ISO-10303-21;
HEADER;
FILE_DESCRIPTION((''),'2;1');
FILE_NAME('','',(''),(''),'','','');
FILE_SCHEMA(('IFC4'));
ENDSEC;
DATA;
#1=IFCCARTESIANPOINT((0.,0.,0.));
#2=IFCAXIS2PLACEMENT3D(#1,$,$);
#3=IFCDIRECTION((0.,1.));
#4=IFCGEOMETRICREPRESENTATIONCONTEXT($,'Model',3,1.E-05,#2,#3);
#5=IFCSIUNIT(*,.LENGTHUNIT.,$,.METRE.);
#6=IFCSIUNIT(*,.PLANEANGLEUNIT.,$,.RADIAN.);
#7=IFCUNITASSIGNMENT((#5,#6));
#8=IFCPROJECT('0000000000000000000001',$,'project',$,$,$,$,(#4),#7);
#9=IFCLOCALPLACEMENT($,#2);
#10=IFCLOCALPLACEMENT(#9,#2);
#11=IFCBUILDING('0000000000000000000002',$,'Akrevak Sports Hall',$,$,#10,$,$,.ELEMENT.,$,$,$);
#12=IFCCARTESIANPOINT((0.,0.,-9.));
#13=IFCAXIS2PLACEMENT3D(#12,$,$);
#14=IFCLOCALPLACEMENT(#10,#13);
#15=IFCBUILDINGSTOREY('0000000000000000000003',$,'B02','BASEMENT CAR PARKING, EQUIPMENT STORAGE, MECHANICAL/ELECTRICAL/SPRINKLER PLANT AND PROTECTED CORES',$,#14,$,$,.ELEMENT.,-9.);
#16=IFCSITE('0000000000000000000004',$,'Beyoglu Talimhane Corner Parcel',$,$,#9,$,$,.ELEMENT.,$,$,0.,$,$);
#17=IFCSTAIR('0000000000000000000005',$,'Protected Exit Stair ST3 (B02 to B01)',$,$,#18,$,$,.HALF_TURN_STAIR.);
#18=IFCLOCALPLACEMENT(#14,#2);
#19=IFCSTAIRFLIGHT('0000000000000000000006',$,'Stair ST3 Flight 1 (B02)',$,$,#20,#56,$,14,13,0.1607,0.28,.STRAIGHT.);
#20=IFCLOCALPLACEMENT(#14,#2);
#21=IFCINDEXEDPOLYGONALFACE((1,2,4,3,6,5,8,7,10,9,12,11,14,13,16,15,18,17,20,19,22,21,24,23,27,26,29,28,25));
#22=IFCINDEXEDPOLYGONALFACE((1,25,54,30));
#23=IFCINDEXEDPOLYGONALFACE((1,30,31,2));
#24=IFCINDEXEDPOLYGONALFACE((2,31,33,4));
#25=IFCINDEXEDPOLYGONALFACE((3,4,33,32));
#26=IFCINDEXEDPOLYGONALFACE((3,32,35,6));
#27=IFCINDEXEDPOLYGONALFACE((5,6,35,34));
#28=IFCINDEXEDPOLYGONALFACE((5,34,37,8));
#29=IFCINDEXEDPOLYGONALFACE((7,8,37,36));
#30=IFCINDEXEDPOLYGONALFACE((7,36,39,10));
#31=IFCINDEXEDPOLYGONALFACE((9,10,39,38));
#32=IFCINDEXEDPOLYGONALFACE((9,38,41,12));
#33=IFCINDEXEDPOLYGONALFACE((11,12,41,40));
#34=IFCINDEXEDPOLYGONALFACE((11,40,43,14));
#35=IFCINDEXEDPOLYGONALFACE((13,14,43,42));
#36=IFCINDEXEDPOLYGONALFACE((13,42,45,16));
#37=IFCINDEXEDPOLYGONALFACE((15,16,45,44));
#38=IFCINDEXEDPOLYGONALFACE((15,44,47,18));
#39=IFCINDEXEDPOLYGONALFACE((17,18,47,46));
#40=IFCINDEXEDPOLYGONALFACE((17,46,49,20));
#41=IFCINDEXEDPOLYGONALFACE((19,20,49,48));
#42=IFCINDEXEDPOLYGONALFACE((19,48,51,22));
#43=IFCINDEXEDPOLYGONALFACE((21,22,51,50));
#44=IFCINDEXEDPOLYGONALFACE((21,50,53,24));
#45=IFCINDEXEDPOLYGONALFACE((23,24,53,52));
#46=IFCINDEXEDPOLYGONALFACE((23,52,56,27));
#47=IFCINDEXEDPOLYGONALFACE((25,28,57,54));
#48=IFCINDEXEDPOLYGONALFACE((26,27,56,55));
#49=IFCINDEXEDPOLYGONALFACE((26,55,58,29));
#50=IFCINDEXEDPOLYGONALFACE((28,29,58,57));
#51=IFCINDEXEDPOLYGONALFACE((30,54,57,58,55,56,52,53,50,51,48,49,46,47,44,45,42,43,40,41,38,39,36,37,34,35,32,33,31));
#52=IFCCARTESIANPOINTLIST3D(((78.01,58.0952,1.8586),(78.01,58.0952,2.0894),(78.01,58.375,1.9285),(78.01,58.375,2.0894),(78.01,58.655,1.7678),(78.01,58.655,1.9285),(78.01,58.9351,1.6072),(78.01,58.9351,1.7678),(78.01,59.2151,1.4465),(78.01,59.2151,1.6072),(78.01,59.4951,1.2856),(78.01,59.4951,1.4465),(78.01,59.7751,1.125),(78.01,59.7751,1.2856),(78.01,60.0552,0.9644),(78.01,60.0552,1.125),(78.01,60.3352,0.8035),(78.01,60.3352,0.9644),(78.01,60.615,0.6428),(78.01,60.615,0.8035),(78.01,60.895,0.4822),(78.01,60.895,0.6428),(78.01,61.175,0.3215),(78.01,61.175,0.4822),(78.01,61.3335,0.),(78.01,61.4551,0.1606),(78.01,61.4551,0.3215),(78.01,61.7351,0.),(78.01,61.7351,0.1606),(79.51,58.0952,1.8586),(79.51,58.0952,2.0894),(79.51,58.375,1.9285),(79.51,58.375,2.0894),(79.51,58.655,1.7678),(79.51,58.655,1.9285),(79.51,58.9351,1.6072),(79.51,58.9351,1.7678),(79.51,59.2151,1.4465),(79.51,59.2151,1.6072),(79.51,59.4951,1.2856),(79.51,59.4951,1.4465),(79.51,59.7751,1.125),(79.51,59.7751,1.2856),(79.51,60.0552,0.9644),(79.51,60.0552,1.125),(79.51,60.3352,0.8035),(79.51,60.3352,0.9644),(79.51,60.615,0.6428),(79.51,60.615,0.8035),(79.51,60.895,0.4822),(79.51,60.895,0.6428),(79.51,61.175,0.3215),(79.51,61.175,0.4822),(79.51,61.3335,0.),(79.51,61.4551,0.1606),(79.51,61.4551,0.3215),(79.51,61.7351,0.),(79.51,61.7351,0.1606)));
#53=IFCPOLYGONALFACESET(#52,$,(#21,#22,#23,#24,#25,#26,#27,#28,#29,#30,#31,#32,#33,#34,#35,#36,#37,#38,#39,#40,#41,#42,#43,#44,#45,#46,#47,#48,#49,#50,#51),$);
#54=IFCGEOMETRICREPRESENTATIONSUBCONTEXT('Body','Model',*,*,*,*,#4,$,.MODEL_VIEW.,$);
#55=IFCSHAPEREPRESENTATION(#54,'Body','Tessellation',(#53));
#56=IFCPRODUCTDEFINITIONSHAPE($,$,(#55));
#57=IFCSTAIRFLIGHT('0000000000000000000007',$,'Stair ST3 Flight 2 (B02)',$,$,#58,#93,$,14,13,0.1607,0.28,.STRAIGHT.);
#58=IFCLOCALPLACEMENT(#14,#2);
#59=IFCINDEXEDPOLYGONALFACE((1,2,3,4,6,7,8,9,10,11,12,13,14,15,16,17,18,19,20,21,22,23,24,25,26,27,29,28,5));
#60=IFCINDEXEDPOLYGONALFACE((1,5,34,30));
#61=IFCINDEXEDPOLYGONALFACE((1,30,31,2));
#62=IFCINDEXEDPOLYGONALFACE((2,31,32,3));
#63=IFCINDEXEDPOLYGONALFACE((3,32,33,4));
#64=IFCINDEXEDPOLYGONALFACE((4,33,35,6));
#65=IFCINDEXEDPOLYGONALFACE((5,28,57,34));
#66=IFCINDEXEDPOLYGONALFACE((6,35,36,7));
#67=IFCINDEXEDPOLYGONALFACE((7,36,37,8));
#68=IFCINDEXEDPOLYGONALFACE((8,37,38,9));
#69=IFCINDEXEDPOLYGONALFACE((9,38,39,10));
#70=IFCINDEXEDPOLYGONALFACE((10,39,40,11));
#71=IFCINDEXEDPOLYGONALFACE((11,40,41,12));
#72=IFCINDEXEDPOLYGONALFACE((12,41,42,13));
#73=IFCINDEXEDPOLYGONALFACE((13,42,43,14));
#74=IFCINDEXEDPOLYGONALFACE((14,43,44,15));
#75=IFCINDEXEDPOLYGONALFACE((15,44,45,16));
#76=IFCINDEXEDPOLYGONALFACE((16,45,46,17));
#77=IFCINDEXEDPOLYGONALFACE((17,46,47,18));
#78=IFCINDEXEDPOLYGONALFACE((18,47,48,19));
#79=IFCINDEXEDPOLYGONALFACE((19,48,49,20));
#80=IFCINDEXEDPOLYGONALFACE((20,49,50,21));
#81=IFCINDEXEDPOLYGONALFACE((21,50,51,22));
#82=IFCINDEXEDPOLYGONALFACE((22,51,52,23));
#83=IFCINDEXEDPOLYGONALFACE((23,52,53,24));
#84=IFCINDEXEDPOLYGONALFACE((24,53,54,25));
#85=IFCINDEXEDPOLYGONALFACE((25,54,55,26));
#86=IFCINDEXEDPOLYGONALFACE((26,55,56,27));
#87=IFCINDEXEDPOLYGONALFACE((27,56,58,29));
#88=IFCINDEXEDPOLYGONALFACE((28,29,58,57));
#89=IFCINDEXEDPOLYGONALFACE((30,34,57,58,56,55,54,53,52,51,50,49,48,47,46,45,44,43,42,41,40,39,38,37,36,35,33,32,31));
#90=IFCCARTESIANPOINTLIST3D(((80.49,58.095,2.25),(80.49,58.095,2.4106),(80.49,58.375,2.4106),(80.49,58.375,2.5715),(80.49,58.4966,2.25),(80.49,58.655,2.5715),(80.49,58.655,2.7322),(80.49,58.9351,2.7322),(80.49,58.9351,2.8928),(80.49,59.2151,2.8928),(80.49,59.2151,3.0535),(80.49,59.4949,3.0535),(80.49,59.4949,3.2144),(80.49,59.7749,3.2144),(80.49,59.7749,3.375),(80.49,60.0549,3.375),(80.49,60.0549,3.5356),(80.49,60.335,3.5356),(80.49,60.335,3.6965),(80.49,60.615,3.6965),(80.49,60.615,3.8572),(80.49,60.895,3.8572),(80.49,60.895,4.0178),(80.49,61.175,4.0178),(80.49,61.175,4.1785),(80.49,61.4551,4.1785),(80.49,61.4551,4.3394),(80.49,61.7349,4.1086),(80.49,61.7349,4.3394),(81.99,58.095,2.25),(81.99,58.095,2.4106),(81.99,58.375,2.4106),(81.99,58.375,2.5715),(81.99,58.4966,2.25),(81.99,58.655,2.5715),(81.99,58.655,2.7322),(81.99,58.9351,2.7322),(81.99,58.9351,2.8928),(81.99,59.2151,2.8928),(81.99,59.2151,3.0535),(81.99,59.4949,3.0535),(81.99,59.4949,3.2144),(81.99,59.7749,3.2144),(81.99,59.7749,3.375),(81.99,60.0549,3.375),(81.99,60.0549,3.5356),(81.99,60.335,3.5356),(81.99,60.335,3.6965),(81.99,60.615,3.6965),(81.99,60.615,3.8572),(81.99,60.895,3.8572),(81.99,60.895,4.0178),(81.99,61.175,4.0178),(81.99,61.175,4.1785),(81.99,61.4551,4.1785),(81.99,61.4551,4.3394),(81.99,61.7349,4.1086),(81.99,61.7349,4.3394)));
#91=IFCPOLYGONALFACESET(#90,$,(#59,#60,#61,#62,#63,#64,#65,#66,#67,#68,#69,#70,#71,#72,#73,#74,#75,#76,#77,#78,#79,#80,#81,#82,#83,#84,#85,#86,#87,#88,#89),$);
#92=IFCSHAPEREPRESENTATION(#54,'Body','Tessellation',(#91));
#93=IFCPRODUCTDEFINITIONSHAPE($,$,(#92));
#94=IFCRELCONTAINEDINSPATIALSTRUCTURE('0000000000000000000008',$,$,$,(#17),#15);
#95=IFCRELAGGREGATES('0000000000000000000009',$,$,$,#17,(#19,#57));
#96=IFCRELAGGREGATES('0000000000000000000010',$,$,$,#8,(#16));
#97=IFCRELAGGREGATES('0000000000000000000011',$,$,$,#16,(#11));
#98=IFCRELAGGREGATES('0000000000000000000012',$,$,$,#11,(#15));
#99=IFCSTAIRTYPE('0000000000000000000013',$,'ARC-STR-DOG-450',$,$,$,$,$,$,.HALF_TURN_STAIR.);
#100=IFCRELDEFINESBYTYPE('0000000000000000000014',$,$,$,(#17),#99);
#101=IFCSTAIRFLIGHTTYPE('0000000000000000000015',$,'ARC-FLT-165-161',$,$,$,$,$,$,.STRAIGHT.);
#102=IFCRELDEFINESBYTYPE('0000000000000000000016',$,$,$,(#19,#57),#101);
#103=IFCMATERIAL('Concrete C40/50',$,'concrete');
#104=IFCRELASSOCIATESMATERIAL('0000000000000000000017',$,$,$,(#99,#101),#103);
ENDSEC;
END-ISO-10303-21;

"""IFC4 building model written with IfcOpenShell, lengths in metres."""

from ifc_helpers import new_model, si_unit, direction, frame, origin, place, context, subcontext, project, spatial, polyline, outline, extrude, material, type_object, element, aggregate, save


model = new_model("IFC4")

# Units and contexts
model_context = context("Model", 3, precision=1e-05, world=origin(), true_north=direction((0.0, 1.0)))
body_context = subcontext(model_context, "Body", "Model", "MODEL_VIEW")
ifc_project = project(units=[si_unit("LENGTHUNIT", "METRE"), si_unit("PLANEANGLEUNIT", "RADIAN")], contexts=[model_context])

# Site, building, storey
site_placement = place(None, origin())
site = spatial("IfcSite", under=ifc_project, at=site_placement, Name="Beyoglu Talimhane Corner Parcel", CompositionType="ELEMENT", RefElevation=0.0)
building_placement = place(site_placement, origin())
building = spatial("IfcBuilding", under=site, at=building_placement, Name="Akrevak Sports Hall", CompositionType="ELEMENT")
storey_placement = place(building_placement, frame((0.0, 0.0, -9.0)))
storey = spatial("IfcBuildingStorey", under=building, at=storey_placement, Name="B02", Description="BASEMENT CAR PARKING, EQUIPMENT STORAGE, MECHANICAL/ELECTRICAL/SPRINKLER PLANT AND PROTECTED CORES", CompositionType="ELEMENT", Elevation=-9.0)

# Shared definitions
ifc_material_1 = material(Name="Concrete C40/50", Category="concrete")

# Stair, stair flights
stair_type = type_object("IfcStairType", Name="ARC-STR-DOG-450", PredefinedType="HALF_TURN_STAIR", material=ifc_material_1)
stair_placement = place(storey_placement, origin())
stair = element("IfcStair", 1, at=stair_placement, inside=storey, type_object=stair_type, Name="Protected Exit Stair ST3 (B02 to B01)", PredefinedType="HALF_TURN_STAIR")
stair_flight_type = type_object("IfcStairFlightType", Name="ARC-FLT-165-161", PredefinedType="STRAIGHT", material=ifc_material_1)
stair_flight_1_placement = place(storey_placement, frame((78.76, 61.7351, 0.0), z_axis=(0.0, 0.0, 1.0), x_axis=(0.0, -1.0, 0.0)))
stair_flight_1 = element("IfcStairFlight", 2, at=stair_flight_1_placement, type_object=stair_flight_type, Name="Stair ST3 Flight 1 (B02)", NumberOfRisers=14, NumberOfTreads=13, PredefinedType="STRAIGHT", RiserHeight=0.1607, TreadLength=0.28, context=body_context, shape_type="SweptSolid", body=[
    extrude(outline(polyline([(0.0, 0.0), (0.0, 0.1606), (0.28, 0.1606), (0.28, 0.3215), (0.5601, 0.3215), (0.5601, 0.4822), (0.8401, 0.4822), (0.8401, 0.6428), (1.1201, 0.6428), (1.1201, 0.8035), (1.3999, 0.8035), (1.3999, 0.9644), (1.6799, 0.9644), (1.6799, 1.125), (1.96, 1.125), (1.96, 1.2856), (2.24, 1.2856), (2.24, 1.4465), (2.52, 1.4465), (2.52, 1.6072), (2.8, 1.6072), (2.8, 1.7678), (3.0801, 1.7678), (3.0801, 1.9285), (3.3601, 1.9285), (3.3601, 2.0894), (3.6399, 2.0894), (3.6399, 2.25), (3.6399, 1.8586), (0.4016, 0.0), (0.0, 0.0)])), frame((0.0, 0.75, 0.0), z_axis=(0.0, -1.0, 0.0), x_axis=(1.0, 0.0, 0.0)), (0.0, 0.0, 1.0), 1.5),
])
stair_flight_2_placement = place(storey_placement, frame((81.24, 58.095, 2.25), z_axis=(0.0, 0.0, 1.0), x_axis=(0.0, 1.0, 0.0)))
stair_flight_2 = element("IfcStairFlight", 3, at=stair_flight_2_placement, type_object=stair_flight_type, Name="Stair ST3 Flight 2 (B02)", NumberOfRisers=14, NumberOfTreads=13, PredefinedType="STRAIGHT", RiserHeight=0.1607, TreadLength=0.28, context=body_context, shape_type="SweptSolid", body=[
    extrude(outline(polyline([(0.0, 0.0), (0.0, 0.1606), (0.28, 0.1606), (0.28, 0.3215), (0.5601, 0.3215), (0.5601, 0.4822), (0.8401, 0.4822), (0.8401, 0.6428), (1.1201, 0.6428), (1.1201, 0.8035), (1.3999, 0.8035), (1.3999, 0.9644), (1.6799, 0.9644), (1.6799, 1.125), (1.96, 1.125), (1.96, 1.2856), (2.24, 1.2856), (2.24, 1.4465), (2.52, 1.4465), (2.52, 1.6072), (2.8, 1.6072), (2.8, 1.7678), (3.0801, 1.7678), (3.0801, 1.9285), (3.3601, 1.9285), (3.3601, 2.0894), (3.6399, 2.0894), (3.6399, 2.25), (3.6399, 1.8586), (0.4016, 0.0), (0.0, 0.0)])), frame((0.0, 0.75, 0.0), z_axis=(0.0, -1.0, 0.0), x_axis=(1.0, 0.0, 0.0)), (0.0, 0.0, 1.0), 1.5),
])
aggregate(stair, [stair_flight_1, stair_flight_2])

save(model, "model.ifc")
